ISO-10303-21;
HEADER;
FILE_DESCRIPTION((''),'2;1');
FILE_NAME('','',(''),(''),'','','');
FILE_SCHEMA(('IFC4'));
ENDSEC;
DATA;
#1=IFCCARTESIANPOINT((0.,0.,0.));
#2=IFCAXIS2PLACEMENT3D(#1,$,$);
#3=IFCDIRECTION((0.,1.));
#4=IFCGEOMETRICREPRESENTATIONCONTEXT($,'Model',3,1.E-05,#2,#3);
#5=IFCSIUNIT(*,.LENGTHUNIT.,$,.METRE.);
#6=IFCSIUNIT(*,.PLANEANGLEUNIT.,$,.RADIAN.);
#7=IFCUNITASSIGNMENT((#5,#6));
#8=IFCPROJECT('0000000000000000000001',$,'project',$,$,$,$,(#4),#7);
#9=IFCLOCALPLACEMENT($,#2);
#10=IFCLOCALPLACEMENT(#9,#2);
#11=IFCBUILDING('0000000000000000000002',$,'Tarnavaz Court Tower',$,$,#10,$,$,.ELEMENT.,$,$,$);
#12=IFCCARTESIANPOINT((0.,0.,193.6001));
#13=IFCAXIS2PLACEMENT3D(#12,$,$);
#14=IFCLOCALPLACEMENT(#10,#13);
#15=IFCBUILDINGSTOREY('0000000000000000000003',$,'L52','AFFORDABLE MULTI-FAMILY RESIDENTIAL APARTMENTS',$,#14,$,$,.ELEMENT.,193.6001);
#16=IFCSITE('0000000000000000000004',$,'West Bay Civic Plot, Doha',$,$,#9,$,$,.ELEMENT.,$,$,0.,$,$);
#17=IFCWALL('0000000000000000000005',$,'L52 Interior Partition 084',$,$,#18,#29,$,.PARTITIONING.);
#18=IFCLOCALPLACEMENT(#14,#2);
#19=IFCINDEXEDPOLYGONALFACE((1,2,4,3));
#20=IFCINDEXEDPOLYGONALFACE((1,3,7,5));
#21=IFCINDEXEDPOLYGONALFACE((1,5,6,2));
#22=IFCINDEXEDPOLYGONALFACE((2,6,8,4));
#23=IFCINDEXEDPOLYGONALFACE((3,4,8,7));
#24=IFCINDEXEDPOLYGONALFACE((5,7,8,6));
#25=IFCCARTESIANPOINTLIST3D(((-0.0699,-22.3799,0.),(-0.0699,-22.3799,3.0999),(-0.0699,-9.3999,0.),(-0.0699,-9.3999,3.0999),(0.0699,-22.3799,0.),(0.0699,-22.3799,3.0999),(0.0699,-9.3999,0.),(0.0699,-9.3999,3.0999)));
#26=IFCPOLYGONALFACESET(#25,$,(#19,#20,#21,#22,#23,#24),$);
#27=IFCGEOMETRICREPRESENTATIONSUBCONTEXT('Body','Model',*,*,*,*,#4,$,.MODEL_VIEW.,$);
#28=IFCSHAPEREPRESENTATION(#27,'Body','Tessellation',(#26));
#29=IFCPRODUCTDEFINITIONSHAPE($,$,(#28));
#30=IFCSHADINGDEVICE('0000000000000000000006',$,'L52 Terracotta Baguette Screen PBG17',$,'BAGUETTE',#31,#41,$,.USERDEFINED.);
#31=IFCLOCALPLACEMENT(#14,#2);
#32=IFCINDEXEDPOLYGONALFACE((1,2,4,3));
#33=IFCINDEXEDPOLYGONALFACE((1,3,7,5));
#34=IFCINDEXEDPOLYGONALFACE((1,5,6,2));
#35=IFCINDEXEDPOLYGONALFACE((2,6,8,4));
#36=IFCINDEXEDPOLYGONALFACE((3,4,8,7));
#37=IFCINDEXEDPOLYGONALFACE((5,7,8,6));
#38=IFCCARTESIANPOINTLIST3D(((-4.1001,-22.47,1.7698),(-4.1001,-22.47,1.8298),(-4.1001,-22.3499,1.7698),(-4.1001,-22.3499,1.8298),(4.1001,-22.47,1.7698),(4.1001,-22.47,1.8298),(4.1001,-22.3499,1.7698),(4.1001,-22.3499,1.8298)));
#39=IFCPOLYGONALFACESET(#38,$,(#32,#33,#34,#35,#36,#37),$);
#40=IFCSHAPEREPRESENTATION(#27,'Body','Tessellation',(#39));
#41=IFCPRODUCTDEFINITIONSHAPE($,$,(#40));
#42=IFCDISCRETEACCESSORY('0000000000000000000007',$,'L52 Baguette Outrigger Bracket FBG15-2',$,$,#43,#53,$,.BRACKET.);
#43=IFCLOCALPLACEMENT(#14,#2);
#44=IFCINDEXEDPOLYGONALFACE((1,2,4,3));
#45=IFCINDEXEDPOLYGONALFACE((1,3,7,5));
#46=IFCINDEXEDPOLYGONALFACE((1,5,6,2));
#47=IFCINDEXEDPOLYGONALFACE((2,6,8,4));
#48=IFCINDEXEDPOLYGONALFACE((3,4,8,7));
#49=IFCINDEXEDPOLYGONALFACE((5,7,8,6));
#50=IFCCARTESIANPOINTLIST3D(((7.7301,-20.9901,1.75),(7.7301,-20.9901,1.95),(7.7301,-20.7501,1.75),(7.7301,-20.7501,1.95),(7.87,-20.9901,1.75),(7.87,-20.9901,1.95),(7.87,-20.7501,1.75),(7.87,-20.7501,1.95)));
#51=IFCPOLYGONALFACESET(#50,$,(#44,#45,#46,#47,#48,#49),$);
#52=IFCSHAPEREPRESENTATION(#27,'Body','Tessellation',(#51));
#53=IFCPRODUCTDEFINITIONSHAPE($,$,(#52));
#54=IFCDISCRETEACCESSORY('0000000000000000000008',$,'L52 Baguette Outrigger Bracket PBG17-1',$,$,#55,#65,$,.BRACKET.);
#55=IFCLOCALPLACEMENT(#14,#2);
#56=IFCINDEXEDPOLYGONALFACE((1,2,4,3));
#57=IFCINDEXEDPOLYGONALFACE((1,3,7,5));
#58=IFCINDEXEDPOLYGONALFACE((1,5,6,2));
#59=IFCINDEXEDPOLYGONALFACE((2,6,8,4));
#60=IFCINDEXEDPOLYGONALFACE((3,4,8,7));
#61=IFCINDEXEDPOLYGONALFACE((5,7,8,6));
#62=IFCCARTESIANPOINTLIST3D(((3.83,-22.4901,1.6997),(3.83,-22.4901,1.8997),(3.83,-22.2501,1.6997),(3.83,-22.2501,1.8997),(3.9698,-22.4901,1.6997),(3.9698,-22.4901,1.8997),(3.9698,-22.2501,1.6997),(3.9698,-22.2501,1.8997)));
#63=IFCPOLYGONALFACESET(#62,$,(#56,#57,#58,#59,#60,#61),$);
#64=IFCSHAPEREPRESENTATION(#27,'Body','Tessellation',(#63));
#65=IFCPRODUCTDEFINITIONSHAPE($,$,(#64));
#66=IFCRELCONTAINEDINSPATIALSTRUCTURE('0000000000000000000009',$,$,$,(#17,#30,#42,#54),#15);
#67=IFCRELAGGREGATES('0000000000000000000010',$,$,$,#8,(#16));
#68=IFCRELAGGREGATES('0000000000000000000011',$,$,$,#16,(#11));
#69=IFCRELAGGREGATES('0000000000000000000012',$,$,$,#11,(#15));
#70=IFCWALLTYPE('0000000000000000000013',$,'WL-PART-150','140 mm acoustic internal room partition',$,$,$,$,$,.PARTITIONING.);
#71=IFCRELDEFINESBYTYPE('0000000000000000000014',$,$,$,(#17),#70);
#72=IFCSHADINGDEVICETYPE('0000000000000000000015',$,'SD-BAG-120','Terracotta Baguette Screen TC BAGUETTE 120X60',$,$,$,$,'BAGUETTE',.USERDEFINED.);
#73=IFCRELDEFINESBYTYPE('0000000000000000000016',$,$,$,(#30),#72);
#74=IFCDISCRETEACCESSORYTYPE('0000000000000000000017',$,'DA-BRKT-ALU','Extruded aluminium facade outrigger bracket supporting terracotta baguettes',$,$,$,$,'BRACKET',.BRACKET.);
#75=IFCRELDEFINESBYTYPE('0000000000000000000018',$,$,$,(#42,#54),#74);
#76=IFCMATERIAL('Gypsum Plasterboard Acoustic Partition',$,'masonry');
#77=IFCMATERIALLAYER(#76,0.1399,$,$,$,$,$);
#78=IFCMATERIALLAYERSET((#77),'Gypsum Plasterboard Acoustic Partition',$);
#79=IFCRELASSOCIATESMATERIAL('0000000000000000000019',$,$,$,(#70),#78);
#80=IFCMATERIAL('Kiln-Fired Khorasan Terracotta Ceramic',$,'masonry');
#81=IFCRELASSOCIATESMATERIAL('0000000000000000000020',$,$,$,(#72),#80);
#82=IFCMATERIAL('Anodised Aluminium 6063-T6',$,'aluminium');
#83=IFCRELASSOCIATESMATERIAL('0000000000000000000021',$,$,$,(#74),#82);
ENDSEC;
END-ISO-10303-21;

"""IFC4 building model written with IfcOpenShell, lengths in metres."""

from ifc_helpers import new_model, si_unit, direction, frame, frame_2d, origin, origin_2d, place, context, subcontext, project, spatial, rectangle, extrude, material, layer, layer_set, material_profile, profile_set, type_object, element, save


model = new_model("IFC4")

# Units and contexts
model_context = context("Model", 3, precision=1e-05, world=origin(), true_north=direction((0.0, 1.0)))
body_context = subcontext(model_context, "Body", "Model", "MODEL_VIEW")
ifc_project = project(units=[si_unit("LENGTHUNIT", "METRE"), si_unit("PLANEANGLEUNIT", "RADIAN")], contexts=[model_context])

# Site, building, storey
site_placement = place(None, origin())
site = spatial("IfcSite", under=ifc_project, at=site_placement, Name="West Bay Civic Plot, Doha", CompositionType="ELEMENT", RefElevation=0.0)
building_placement = place(site_placement, origin())
building = spatial("IfcBuilding", under=site, at=building_placement, Name="Tarnavaz Court Tower", CompositionType="ELEMENT")
storey_placement = place(building_placement, frame((0.0, 0.0, 193.6001)))
storey = spatial("IfcBuildingStorey", under=building, at=storey_placement, Name="L52", Description="AFFORDABLE MULTI-FAMILY RESIDENTIAL APARTMENTS", CompositionType="ELEMENT", Elevation=193.6001)

# Shared definitions
ifc_material_1 = material(Name="Anodised Aluminium 6063-T6", Category="aluminium")

# Wall
ifc_material_2 = material(Name="Gypsum Plasterboard Acoustic Partition", Category="masonry")
ifc_layer_1 = layer(ifc_material_2, 0.1399)
ifc_layer_set_1 = layer_set([ifc_layer_1], Name="Gypsum Plasterboard Acoustic Partition")
wall_type_1 = type_object("IfcWallType", Name="WL-PART-150", Description="140 mm acoustic internal room partition", PredefinedType="PARTITIONING", material=ifc_layer_set_1)
wall_1_placement = place(storey_placement, frame((0.0, -22.3799, 0.0), z_axis=(0.0, 0.0, 1.0), x_axis=(0.0, 1.0, 0.0)))
element("IfcWall", 1, at=wall_1_placement, inside=storey, type_object=wall_type_1, Name="L52 Interior Partition 084", PredefinedType="PARTITIONING", context=body_context, shape_type="SweptSolid", body=[
    extrude(rectangle(XDim=12.98, YDim=0.1399, at=frame_2d((6.49, 0.0))), origin(), (0.0, 0.0, 1.0), 3.0999),
])

# Shading device
ifc_material_3 = material(Name="Kiln-Fired Khorasan Terracotta Ceramic", Category="masonry")
ifc_material_profile_1 = material_profile(ifc_material_3, rectangle(XDim=0.1201, YDim=0.0601, at=origin_2d()), Name="TC BAGUETTE 120X60")
ifc_profile_set_1 = profile_set([ifc_material_profile_1], Name="Kiln-Fired Khorasan Terracotta Ceramic")
shading_device_type = type_object("IfcShadingDeviceType", Name="SD-BAG-120", Description="Terracotta Baguette Screen TC BAGUETTE 120X60", ElementType="BAGUETTE", PredefinedType="USERDEFINED", material=ifc_profile_set_1)
shading_device_placement = place(storey_placement, frame((4.1001, -22.4099, 1.7998), z_axis=(-1.0, 0.0, 0.0), x_axis=(0.0, -1.0, 0.0)))
element("IfcShadingDevice", 2, at=shading_device_placement, inside=storey, type_object=shading_device_type, Name="L52 Terracotta Baguette Screen PBG17", ObjectType="BAGUETTE", PredefinedType="USERDEFINED", context=body_context, shape_type="SweptSolid", body=[
    extrude(rectangle(XDim=0.1201, YDim=0.0601, at=origin_2d()), origin(), (0.0, 0.0, 1.0), 8.2002),
])

# Discrete accessories
discrete_accessory_type = type_object("IfcDiscreteAccessoryType", Name="DA-BRKT-ALU", Description="Extruded aluminium facade outrigger bracket supporting terracotta baguettes", ElementType="BRACKET", PredefinedType="BRACKET", material=ifc_material_1)
for number, where, z_axis, x_axis, name in (
    (3, (7.8, -20.8701, 1.75), (0.0, 0.0, 1.0), (-1.0, 0.0, 0.0), "L52 Baguette Outrigger Bracket FBG15-2"),
    (4, (3.8999, -22.3701, 1.6997), (0.0, 0.0, 1.0), (-1.0, 0.0, 0.0), "L52 Baguette Outrigger Bracket PBG17-1"),
):
    element("IfcDiscreteAccessory", number, at=place(storey_placement, frame(where, z_axis=z_axis, x_axis=x_axis)), inside=storey, type_object=discrete_accessory_type, Name=name, PredefinedType="BRACKET", context=body_context, shape_type="SweptSolid", body=[
        extrude(rectangle(XDim=0.1399, YDim=0.24, at=origin_2d()), origin(), (0.0, 0.0, 1.0), 0.2),
    ])

save(model, "model.ifc")
